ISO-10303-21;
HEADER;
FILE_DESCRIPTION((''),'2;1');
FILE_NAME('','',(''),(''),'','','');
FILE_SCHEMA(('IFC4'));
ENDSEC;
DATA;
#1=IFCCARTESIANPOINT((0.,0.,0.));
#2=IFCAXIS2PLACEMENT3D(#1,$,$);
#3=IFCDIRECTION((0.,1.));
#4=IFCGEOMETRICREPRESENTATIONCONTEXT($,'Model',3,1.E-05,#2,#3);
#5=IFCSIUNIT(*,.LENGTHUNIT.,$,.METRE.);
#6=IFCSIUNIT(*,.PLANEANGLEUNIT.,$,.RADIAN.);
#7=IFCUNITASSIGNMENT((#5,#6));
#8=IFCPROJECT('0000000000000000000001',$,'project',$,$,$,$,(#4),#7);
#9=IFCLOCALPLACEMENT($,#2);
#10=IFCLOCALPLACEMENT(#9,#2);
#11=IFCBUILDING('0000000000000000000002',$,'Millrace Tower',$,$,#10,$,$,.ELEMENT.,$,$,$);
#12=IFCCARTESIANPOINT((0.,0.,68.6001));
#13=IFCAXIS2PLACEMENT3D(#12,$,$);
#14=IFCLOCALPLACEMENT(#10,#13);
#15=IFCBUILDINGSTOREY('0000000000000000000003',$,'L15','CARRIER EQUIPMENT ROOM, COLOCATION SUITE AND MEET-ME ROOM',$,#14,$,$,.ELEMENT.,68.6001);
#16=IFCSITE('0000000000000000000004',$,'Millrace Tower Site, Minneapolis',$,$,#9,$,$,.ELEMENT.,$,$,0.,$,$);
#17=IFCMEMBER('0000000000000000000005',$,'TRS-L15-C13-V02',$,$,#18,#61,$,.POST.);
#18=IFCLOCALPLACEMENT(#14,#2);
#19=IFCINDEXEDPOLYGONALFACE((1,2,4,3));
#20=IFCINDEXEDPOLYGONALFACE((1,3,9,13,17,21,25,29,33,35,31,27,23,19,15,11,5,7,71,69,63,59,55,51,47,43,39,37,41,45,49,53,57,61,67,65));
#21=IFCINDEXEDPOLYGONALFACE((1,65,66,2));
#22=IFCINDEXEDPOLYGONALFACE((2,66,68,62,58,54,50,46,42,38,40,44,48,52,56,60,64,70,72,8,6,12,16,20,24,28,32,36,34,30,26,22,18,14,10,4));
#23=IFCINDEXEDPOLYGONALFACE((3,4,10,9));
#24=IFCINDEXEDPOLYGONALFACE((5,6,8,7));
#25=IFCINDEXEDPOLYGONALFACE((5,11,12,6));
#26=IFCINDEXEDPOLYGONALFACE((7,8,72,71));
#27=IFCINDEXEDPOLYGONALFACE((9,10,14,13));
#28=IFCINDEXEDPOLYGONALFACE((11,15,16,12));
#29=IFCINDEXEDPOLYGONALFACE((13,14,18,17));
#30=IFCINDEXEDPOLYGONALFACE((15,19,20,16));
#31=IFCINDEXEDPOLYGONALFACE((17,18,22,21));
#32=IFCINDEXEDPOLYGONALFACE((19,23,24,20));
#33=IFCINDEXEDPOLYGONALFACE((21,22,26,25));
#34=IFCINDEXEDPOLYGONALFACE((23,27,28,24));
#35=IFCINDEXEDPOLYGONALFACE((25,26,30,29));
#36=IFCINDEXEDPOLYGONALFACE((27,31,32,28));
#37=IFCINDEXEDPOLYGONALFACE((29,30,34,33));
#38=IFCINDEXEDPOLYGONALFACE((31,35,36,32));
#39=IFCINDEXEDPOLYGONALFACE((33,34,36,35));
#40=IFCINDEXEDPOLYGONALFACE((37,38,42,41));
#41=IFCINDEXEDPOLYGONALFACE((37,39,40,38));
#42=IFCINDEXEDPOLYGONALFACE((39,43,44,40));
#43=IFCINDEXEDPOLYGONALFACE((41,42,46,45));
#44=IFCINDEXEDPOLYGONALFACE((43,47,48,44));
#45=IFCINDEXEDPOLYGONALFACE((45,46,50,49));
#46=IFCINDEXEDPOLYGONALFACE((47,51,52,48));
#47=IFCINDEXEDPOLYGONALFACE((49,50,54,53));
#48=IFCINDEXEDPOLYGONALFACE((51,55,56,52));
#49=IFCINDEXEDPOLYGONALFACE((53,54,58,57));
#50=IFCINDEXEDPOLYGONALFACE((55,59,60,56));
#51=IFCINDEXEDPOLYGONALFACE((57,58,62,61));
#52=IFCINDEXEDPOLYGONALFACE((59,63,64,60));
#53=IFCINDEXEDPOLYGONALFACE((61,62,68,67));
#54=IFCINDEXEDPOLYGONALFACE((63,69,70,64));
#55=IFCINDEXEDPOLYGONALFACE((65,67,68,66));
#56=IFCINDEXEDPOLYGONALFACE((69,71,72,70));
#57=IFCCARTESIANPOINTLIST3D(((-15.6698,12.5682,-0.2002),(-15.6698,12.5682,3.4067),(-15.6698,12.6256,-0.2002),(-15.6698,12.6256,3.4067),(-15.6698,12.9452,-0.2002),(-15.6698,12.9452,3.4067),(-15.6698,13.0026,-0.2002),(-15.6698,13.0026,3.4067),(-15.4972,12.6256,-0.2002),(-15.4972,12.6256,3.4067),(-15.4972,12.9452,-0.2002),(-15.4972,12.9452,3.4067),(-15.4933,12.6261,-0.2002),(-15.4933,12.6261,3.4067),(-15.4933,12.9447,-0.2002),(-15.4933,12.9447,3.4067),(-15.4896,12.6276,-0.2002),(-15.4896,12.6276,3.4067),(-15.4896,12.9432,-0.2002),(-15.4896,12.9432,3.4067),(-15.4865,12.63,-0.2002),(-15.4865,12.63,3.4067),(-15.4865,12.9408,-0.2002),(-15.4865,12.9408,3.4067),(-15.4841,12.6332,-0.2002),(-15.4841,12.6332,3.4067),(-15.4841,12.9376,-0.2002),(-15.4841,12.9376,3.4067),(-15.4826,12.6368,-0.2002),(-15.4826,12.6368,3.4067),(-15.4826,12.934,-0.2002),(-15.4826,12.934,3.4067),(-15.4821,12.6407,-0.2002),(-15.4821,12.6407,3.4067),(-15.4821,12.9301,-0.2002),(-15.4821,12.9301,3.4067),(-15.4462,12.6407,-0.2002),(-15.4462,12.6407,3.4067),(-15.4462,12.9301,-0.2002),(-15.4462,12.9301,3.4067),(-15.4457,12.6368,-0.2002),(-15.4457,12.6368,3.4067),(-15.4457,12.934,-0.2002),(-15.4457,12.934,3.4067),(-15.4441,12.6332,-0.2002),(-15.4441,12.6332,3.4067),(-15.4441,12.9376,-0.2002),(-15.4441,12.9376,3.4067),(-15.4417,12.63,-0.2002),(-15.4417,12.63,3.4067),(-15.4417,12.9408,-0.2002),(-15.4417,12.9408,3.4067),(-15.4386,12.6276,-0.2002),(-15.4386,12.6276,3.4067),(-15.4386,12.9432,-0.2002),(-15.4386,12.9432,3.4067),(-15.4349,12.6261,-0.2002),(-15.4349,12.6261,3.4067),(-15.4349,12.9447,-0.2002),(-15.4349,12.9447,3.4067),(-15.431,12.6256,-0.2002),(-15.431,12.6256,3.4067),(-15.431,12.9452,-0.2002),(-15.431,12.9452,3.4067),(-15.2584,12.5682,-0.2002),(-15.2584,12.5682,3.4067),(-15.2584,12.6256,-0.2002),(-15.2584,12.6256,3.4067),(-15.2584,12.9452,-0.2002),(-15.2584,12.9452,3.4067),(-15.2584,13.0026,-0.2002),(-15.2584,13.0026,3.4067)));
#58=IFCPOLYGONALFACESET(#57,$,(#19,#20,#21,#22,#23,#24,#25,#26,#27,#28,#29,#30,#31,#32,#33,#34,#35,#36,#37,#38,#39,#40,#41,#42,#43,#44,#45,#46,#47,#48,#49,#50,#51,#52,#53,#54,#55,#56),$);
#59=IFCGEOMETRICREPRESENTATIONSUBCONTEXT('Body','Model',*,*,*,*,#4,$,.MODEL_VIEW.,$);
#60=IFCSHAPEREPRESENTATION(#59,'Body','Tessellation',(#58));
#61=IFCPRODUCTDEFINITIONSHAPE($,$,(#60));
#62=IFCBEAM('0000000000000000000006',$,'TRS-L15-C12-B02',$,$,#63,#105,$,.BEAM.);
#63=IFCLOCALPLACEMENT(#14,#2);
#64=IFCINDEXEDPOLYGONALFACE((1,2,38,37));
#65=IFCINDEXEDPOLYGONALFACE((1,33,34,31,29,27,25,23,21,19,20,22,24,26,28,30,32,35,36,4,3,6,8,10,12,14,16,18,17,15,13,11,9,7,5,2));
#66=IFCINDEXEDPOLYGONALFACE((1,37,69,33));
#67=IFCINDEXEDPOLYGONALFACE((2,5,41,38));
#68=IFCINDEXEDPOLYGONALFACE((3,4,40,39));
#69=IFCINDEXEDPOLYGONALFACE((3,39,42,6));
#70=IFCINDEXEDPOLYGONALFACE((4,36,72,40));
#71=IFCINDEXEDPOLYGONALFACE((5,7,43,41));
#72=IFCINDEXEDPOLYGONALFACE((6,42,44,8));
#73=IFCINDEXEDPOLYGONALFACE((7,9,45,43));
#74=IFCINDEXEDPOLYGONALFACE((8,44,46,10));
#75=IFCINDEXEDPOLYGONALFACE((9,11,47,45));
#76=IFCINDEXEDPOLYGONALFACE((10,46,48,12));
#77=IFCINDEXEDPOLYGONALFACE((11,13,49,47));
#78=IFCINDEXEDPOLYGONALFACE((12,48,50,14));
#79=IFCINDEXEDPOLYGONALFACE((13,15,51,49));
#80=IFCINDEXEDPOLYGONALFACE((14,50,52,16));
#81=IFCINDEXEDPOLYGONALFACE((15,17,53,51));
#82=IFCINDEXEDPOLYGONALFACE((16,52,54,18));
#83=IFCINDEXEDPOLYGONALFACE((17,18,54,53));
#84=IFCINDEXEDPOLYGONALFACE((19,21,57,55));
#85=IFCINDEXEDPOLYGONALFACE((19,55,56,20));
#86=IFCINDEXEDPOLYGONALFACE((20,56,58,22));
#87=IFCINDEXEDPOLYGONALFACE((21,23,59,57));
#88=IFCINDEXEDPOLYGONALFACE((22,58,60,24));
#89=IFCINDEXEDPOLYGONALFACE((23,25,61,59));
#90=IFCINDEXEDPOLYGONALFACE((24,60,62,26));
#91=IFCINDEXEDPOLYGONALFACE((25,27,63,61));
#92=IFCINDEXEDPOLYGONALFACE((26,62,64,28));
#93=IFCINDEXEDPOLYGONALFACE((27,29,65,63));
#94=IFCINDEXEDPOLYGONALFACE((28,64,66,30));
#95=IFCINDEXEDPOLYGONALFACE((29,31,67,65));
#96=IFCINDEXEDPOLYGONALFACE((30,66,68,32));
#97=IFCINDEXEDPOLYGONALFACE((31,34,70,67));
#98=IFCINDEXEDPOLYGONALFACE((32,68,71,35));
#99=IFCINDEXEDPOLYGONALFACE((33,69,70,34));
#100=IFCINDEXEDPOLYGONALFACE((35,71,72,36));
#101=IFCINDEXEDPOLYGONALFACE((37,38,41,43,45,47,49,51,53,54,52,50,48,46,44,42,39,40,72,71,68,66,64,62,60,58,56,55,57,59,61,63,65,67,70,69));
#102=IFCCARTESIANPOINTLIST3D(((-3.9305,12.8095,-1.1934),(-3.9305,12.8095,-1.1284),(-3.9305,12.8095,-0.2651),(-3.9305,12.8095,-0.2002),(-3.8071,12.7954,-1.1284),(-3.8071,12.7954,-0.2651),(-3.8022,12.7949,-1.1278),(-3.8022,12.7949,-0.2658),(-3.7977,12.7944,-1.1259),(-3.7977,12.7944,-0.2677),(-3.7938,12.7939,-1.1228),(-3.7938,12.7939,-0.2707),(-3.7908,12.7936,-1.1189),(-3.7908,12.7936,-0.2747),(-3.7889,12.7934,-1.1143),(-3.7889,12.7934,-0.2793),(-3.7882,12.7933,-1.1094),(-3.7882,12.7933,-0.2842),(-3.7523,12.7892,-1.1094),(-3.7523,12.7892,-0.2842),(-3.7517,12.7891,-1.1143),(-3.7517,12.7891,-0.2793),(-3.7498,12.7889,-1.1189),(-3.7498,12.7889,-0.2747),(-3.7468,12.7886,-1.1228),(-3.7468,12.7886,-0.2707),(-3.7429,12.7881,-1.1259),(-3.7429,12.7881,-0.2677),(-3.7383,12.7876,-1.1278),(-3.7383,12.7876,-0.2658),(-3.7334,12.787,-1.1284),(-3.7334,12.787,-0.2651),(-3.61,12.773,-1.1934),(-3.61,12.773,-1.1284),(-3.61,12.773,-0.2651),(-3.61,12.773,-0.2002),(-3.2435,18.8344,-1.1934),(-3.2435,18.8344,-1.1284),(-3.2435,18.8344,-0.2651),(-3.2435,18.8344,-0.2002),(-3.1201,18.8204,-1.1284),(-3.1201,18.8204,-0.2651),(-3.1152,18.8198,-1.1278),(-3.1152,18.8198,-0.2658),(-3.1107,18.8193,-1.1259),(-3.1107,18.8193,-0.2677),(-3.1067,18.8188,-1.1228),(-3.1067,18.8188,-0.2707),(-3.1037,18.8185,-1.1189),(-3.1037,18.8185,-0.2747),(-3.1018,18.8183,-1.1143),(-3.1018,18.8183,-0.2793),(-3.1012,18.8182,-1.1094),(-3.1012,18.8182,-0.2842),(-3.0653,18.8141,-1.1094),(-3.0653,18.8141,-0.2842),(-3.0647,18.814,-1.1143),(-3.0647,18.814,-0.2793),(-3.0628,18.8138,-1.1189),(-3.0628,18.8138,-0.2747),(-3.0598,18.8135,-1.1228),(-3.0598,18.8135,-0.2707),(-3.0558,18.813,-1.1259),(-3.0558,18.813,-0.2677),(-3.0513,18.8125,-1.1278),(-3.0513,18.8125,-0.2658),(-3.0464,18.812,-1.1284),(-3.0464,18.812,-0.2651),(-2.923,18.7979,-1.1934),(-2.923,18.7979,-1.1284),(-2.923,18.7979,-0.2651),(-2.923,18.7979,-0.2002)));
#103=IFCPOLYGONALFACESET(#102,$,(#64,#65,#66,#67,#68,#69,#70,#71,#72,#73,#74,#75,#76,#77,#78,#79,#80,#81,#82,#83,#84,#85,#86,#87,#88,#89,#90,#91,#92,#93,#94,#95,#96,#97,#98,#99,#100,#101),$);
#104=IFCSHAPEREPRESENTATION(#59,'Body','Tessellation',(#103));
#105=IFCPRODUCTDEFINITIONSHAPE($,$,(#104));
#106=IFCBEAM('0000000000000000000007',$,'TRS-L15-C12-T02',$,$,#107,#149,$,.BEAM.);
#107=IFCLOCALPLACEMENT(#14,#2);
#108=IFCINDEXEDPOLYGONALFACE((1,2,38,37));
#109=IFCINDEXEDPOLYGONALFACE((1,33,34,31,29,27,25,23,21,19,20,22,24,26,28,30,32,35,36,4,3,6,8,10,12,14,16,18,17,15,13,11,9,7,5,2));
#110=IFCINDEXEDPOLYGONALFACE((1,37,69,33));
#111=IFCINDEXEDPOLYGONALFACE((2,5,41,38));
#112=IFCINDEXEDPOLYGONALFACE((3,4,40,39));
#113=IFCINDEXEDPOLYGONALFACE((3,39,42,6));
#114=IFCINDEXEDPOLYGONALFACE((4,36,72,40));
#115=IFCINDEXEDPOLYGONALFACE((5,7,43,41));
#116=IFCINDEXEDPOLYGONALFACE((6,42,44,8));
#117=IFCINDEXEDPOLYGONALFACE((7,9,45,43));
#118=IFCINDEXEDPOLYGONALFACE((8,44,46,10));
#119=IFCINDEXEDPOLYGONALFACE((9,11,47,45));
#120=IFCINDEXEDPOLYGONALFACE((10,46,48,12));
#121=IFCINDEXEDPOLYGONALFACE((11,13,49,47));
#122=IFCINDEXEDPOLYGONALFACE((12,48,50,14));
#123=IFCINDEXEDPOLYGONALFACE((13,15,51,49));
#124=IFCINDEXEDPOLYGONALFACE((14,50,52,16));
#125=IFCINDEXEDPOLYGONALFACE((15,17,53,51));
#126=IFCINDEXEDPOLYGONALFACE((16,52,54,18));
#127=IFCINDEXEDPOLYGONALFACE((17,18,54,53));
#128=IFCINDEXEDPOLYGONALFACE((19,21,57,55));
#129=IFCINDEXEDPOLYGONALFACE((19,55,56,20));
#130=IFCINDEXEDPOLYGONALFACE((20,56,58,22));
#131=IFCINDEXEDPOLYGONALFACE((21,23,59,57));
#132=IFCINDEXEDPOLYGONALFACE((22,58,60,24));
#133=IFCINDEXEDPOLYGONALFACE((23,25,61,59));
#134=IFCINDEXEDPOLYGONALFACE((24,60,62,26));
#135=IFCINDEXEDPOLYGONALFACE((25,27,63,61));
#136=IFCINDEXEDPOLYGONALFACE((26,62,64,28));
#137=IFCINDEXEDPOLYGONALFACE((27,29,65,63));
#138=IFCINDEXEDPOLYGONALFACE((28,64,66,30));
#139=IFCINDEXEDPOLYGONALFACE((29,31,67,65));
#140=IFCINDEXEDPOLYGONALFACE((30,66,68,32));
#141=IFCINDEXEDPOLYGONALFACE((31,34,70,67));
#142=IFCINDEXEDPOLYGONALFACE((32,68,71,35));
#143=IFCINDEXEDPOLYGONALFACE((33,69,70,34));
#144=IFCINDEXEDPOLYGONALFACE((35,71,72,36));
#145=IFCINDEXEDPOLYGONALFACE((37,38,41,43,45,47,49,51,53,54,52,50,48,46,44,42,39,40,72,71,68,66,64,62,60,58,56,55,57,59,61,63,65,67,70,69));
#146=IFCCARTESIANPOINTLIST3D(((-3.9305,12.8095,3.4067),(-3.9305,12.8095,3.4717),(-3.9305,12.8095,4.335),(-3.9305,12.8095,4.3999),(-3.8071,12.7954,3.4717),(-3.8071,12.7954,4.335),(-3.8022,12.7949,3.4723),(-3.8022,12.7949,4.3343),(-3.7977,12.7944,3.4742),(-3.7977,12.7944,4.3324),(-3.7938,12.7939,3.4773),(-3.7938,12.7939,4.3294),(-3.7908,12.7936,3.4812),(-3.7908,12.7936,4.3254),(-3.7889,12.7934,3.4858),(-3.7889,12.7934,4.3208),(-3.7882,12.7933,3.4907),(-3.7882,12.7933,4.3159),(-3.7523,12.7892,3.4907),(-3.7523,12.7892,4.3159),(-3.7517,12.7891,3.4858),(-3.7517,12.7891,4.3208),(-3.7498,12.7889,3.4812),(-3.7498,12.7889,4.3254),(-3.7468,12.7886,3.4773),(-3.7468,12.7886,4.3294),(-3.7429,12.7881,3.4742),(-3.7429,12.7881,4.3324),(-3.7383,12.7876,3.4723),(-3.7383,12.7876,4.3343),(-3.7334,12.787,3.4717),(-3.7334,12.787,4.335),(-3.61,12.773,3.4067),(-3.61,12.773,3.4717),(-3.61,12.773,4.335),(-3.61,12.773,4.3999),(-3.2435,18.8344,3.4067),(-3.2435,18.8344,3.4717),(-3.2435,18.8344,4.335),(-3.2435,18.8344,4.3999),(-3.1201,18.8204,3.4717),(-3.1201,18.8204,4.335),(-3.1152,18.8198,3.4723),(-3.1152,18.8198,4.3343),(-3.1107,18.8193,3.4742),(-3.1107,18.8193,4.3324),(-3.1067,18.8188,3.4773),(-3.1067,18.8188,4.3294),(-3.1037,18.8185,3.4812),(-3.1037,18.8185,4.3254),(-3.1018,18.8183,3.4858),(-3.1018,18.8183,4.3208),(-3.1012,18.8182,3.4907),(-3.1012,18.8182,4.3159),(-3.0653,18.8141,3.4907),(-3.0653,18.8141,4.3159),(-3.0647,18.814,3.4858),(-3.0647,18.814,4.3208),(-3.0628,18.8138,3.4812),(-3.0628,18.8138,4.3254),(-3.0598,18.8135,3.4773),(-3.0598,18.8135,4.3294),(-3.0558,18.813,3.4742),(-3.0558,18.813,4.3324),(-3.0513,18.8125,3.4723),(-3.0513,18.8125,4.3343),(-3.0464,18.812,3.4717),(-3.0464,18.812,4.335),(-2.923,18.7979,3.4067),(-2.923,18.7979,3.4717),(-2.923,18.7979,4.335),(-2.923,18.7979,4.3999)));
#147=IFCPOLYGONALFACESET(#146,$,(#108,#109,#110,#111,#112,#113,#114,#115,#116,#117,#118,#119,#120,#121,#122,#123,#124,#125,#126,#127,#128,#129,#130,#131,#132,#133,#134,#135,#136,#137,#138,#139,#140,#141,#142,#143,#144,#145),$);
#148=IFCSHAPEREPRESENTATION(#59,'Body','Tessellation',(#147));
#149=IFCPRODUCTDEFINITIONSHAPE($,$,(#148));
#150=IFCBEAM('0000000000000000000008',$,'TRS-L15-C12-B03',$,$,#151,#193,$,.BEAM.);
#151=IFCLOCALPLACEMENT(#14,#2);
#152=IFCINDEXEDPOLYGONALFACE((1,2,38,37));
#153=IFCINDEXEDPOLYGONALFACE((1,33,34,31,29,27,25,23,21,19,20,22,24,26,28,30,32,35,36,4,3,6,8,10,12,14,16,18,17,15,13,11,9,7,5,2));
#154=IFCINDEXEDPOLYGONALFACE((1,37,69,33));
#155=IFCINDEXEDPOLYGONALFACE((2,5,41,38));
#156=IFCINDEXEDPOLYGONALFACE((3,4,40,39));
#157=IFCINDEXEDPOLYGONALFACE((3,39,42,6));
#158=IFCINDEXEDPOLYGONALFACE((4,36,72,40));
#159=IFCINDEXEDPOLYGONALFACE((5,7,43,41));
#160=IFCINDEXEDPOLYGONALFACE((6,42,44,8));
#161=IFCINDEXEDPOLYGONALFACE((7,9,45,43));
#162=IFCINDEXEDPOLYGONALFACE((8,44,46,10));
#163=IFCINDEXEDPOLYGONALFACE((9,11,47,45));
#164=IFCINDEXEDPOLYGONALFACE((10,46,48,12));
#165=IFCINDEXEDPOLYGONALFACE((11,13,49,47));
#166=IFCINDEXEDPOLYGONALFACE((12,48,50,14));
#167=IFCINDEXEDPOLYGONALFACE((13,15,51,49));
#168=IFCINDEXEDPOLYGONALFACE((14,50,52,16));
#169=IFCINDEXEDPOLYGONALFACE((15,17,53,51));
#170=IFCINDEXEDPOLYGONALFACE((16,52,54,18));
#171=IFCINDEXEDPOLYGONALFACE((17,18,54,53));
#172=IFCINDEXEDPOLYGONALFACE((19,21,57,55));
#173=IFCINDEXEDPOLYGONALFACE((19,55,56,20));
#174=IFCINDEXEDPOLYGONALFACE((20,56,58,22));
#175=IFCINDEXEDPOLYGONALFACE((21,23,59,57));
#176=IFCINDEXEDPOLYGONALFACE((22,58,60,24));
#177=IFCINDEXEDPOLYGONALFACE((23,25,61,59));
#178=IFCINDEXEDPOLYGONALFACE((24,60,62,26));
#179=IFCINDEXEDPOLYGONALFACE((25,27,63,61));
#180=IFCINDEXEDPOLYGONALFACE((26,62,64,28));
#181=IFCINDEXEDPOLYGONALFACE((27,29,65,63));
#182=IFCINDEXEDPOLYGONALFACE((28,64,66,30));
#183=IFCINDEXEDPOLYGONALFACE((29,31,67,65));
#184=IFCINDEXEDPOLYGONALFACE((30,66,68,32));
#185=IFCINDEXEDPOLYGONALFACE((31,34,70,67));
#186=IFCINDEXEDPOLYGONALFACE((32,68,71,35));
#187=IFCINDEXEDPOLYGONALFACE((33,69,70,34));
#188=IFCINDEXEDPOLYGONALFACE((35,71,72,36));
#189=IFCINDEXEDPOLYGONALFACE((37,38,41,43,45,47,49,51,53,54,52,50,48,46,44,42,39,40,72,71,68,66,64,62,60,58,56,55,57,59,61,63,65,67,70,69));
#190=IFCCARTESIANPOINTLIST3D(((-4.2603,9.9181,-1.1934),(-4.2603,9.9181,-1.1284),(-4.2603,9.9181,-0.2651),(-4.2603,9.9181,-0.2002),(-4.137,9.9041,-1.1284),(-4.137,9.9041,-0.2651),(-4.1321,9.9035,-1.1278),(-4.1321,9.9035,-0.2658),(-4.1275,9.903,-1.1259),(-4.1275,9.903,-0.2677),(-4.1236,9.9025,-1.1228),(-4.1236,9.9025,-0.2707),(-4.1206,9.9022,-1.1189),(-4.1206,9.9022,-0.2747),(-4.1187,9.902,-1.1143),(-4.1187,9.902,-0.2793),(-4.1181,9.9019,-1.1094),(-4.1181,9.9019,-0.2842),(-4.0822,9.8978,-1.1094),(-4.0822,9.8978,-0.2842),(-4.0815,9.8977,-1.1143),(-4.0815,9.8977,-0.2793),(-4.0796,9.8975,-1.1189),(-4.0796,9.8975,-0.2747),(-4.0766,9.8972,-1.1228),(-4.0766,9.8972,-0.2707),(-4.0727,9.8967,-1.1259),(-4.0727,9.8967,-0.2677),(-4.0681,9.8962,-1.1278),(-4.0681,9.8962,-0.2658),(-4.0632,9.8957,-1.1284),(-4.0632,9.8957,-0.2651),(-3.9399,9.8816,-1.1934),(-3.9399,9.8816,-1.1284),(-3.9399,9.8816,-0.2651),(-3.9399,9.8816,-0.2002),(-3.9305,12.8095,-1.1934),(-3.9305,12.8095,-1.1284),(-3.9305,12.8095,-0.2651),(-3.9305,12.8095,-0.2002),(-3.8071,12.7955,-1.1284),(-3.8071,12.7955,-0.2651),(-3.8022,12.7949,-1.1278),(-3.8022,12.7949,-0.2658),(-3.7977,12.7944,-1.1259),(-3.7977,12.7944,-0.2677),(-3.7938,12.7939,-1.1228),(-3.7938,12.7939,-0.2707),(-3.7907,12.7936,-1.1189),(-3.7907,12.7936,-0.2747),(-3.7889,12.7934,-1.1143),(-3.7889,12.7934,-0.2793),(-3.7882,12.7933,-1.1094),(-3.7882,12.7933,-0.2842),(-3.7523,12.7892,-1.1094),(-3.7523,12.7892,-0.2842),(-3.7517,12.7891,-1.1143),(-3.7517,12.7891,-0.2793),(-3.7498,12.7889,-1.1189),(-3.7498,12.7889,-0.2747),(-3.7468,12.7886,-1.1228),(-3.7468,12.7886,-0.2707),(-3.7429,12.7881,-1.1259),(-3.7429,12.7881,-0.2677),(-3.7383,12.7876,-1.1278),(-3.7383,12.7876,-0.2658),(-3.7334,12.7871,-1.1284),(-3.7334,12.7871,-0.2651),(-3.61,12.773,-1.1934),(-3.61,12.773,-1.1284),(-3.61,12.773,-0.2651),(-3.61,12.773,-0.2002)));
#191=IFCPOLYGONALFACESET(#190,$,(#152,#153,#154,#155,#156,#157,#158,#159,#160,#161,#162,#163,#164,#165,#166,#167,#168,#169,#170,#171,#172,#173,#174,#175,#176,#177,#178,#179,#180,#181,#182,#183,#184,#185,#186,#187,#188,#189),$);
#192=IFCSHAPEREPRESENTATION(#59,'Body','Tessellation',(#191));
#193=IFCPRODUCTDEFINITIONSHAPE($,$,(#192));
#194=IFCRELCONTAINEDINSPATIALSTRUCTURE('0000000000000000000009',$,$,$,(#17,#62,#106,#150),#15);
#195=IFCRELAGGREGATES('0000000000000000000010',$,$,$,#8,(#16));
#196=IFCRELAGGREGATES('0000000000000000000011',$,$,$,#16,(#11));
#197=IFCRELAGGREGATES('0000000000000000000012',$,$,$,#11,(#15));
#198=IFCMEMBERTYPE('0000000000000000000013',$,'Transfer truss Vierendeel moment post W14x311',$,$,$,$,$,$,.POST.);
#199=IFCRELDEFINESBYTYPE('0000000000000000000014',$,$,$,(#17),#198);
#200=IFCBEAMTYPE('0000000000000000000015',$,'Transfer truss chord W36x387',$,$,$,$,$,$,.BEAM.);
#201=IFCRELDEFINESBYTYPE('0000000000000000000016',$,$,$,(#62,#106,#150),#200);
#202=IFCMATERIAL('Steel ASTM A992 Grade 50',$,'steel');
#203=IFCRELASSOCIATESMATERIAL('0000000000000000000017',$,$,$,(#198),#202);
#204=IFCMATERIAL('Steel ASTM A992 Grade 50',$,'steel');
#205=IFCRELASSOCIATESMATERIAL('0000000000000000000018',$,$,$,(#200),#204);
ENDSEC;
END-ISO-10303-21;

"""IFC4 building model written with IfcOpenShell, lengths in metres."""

from ifc_helpers import new_model, si_unit, direction, frame, origin, origin_2d, place, context, subcontext, project, spatial, i_section, extrude, material, material_profile, profile_set, type_object, element, save


model = new_model("IFC4")

# Units and contexts
model_context = context("Model", 3, precision=1e-05, world=origin(), true_north=direction((0.0, 1.0)))
body_context = subcontext(model_context, "Body", "Model", "MODEL_VIEW")
ifc_project = project(units=[si_unit("LENGTHUNIT", "METRE"), si_unit("PLANEANGLEUNIT", "RADIAN")], contexts=[model_context])

# Site, building, storey
site_placement = place(None, origin())
site = spatial("IfcSite", under=ifc_project, at=site_placement, Name="Millrace Tower Site, Minneapolis", CompositionType="ELEMENT", RefElevation=0.0)
building_placement = place(site_placement, origin())
building = spatial("IfcBuilding", under=site, at=building_placement, Name="Millrace Tower", CompositionType="ELEMENT")
storey_placement = place(building_placement, frame((0.0, 0.0, 68.6001)))
storey = spatial("IfcBuildingStorey", under=building, at=storey_placement, Name="L15", Description="CARRIER EQUIPMENT ROOM, COLOCATION SUITE AND MEET-ME ROOM", CompositionType="ELEMENT", Elevation=68.6001)

# Member
ifc_material_1 = material(Name="Steel ASTM A992 Grade 50", Category="steel")
ifc_material_profile_1 = material_profile(ifc_material_1, i_section(OverallWidth=0.4114, OverallDepth=0.4343, WebThickness=0.0359, FlangeThickness=0.0574, FilletRadius=0.0151, at=origin_2d()))
ifc_profile_set_1 = profile_set([ifc_material_profile_1], Name="Steel ASTM A992 Grade 50")
member_type_1 = type_object("IfcMemberType", Name="Transfer truss Vierendeel moment post W14x311", PredefinedType="POST", material=ifc_profile_set_1)
for number, where, z_axis, x_axis, name in (
    (1, (-15.4641, 12.7854, -0.2002), (0.0, 0.0, 1.0), (1.0, 0.0, 0.0), "TRS-L15-C13-V02"),
):
    element("IfcMember", number, at=place(storey_placement, frame(where, z_axis=z_axis, x_axis=x_axis)), inside=storey, type_object=member_type_1, Name=name, PredefinedType="POST", context=body_context, shape_type="SweptSolid", body=[
        extrude(i_section(OverallWidth=0.4114, OverallDepth=0.4343, WebThickness=0.0359, FlangeThickness=0.0574, FilletRadius=0.0151, at=origin_2d()), origin(), (0.0, 0.0, 1.0), 3.6069),
    ])

# Beams
ifc_material_2 = material(Name="Steel ASTM A992 Grade 50", Category="steel")
ifc_material_profile_2 = material_profile(ifc_material_2, i_section(OverallWidth=0.3225, OverallDepth=0.9932, WebThickness=0.0361, FlangeThickness=0.0649, FilletRadius=0.019, at=origin_2d()))
ifc_profile_set_2 = profile_set([ifc_material_profile_2], Name="Steel ASTM A992 Grade 50")
beam_type_1 = type_object("IfcBeamType", Name="Transfer truss chord W36x387", PredefinedType="BEAM", material=ifc_profile_set_2)
for number, where, z_axis, x_axis, name in (
    (2, (-3.0833, 18.8162, -0.6968), (-0.113295, -0.993561, 0.0), (0.993561, -0.113295, 0.0), "TRS-L15-C12-B02"),
    (3, (-3.0833, 18.8162, 3.9033), (-0.113295, -0.993561, 0.0), (0.993561, -0.113295, 0.0), "TRS-L15-C12-T02"),
):
    element("IfcBeam", number, at=place(storey_placement, frame(where, z_axis=z_axis, x_axis=x_axis)), inside=storey, type_object=beam_type_1, Name=name, PredefinedType="BEAM", context=body_context, shape_type="SweptSolid", body=[
        extrude(i_section(OverallWidth=0.3225, OverallDepth=0.9932, WebThickness=0.0361, FlangeThickness=0.0649, FilletRadius=0.019, at=origin_2d()), origin(), (0.0, 0.0, 1.0), 6.064),
    ])
for number, where, z_axis, x_axis, name in (
    (4, (-3.7703, 12.7913, -0.6968), (-0.113341, -0.993556, 0.0), (0.993556, -0.113341, 0.0), "TRS-L15-C12-B03"),
):
    element("IfcBeam", number, at=place(storey_placement, frame(where, z_axis=z_axis, x_axis=x_axis)), inside=storey, type_object=beam_type_1, Name=name, PredefinedType="BEAM", context=body_context, shape_type="SweptSolid", body=[
        extrude(i_section(OverallWidth=0.3225, OverallDepth=0.9932, WebThickness=0.0361, FlangeThickness=0.0649, FilletRadius=0.019, at=origin_2d()), origin(), (0.0, 0.0, 1.0), 2.9102),
    ])

save(model, "model.ifc")
